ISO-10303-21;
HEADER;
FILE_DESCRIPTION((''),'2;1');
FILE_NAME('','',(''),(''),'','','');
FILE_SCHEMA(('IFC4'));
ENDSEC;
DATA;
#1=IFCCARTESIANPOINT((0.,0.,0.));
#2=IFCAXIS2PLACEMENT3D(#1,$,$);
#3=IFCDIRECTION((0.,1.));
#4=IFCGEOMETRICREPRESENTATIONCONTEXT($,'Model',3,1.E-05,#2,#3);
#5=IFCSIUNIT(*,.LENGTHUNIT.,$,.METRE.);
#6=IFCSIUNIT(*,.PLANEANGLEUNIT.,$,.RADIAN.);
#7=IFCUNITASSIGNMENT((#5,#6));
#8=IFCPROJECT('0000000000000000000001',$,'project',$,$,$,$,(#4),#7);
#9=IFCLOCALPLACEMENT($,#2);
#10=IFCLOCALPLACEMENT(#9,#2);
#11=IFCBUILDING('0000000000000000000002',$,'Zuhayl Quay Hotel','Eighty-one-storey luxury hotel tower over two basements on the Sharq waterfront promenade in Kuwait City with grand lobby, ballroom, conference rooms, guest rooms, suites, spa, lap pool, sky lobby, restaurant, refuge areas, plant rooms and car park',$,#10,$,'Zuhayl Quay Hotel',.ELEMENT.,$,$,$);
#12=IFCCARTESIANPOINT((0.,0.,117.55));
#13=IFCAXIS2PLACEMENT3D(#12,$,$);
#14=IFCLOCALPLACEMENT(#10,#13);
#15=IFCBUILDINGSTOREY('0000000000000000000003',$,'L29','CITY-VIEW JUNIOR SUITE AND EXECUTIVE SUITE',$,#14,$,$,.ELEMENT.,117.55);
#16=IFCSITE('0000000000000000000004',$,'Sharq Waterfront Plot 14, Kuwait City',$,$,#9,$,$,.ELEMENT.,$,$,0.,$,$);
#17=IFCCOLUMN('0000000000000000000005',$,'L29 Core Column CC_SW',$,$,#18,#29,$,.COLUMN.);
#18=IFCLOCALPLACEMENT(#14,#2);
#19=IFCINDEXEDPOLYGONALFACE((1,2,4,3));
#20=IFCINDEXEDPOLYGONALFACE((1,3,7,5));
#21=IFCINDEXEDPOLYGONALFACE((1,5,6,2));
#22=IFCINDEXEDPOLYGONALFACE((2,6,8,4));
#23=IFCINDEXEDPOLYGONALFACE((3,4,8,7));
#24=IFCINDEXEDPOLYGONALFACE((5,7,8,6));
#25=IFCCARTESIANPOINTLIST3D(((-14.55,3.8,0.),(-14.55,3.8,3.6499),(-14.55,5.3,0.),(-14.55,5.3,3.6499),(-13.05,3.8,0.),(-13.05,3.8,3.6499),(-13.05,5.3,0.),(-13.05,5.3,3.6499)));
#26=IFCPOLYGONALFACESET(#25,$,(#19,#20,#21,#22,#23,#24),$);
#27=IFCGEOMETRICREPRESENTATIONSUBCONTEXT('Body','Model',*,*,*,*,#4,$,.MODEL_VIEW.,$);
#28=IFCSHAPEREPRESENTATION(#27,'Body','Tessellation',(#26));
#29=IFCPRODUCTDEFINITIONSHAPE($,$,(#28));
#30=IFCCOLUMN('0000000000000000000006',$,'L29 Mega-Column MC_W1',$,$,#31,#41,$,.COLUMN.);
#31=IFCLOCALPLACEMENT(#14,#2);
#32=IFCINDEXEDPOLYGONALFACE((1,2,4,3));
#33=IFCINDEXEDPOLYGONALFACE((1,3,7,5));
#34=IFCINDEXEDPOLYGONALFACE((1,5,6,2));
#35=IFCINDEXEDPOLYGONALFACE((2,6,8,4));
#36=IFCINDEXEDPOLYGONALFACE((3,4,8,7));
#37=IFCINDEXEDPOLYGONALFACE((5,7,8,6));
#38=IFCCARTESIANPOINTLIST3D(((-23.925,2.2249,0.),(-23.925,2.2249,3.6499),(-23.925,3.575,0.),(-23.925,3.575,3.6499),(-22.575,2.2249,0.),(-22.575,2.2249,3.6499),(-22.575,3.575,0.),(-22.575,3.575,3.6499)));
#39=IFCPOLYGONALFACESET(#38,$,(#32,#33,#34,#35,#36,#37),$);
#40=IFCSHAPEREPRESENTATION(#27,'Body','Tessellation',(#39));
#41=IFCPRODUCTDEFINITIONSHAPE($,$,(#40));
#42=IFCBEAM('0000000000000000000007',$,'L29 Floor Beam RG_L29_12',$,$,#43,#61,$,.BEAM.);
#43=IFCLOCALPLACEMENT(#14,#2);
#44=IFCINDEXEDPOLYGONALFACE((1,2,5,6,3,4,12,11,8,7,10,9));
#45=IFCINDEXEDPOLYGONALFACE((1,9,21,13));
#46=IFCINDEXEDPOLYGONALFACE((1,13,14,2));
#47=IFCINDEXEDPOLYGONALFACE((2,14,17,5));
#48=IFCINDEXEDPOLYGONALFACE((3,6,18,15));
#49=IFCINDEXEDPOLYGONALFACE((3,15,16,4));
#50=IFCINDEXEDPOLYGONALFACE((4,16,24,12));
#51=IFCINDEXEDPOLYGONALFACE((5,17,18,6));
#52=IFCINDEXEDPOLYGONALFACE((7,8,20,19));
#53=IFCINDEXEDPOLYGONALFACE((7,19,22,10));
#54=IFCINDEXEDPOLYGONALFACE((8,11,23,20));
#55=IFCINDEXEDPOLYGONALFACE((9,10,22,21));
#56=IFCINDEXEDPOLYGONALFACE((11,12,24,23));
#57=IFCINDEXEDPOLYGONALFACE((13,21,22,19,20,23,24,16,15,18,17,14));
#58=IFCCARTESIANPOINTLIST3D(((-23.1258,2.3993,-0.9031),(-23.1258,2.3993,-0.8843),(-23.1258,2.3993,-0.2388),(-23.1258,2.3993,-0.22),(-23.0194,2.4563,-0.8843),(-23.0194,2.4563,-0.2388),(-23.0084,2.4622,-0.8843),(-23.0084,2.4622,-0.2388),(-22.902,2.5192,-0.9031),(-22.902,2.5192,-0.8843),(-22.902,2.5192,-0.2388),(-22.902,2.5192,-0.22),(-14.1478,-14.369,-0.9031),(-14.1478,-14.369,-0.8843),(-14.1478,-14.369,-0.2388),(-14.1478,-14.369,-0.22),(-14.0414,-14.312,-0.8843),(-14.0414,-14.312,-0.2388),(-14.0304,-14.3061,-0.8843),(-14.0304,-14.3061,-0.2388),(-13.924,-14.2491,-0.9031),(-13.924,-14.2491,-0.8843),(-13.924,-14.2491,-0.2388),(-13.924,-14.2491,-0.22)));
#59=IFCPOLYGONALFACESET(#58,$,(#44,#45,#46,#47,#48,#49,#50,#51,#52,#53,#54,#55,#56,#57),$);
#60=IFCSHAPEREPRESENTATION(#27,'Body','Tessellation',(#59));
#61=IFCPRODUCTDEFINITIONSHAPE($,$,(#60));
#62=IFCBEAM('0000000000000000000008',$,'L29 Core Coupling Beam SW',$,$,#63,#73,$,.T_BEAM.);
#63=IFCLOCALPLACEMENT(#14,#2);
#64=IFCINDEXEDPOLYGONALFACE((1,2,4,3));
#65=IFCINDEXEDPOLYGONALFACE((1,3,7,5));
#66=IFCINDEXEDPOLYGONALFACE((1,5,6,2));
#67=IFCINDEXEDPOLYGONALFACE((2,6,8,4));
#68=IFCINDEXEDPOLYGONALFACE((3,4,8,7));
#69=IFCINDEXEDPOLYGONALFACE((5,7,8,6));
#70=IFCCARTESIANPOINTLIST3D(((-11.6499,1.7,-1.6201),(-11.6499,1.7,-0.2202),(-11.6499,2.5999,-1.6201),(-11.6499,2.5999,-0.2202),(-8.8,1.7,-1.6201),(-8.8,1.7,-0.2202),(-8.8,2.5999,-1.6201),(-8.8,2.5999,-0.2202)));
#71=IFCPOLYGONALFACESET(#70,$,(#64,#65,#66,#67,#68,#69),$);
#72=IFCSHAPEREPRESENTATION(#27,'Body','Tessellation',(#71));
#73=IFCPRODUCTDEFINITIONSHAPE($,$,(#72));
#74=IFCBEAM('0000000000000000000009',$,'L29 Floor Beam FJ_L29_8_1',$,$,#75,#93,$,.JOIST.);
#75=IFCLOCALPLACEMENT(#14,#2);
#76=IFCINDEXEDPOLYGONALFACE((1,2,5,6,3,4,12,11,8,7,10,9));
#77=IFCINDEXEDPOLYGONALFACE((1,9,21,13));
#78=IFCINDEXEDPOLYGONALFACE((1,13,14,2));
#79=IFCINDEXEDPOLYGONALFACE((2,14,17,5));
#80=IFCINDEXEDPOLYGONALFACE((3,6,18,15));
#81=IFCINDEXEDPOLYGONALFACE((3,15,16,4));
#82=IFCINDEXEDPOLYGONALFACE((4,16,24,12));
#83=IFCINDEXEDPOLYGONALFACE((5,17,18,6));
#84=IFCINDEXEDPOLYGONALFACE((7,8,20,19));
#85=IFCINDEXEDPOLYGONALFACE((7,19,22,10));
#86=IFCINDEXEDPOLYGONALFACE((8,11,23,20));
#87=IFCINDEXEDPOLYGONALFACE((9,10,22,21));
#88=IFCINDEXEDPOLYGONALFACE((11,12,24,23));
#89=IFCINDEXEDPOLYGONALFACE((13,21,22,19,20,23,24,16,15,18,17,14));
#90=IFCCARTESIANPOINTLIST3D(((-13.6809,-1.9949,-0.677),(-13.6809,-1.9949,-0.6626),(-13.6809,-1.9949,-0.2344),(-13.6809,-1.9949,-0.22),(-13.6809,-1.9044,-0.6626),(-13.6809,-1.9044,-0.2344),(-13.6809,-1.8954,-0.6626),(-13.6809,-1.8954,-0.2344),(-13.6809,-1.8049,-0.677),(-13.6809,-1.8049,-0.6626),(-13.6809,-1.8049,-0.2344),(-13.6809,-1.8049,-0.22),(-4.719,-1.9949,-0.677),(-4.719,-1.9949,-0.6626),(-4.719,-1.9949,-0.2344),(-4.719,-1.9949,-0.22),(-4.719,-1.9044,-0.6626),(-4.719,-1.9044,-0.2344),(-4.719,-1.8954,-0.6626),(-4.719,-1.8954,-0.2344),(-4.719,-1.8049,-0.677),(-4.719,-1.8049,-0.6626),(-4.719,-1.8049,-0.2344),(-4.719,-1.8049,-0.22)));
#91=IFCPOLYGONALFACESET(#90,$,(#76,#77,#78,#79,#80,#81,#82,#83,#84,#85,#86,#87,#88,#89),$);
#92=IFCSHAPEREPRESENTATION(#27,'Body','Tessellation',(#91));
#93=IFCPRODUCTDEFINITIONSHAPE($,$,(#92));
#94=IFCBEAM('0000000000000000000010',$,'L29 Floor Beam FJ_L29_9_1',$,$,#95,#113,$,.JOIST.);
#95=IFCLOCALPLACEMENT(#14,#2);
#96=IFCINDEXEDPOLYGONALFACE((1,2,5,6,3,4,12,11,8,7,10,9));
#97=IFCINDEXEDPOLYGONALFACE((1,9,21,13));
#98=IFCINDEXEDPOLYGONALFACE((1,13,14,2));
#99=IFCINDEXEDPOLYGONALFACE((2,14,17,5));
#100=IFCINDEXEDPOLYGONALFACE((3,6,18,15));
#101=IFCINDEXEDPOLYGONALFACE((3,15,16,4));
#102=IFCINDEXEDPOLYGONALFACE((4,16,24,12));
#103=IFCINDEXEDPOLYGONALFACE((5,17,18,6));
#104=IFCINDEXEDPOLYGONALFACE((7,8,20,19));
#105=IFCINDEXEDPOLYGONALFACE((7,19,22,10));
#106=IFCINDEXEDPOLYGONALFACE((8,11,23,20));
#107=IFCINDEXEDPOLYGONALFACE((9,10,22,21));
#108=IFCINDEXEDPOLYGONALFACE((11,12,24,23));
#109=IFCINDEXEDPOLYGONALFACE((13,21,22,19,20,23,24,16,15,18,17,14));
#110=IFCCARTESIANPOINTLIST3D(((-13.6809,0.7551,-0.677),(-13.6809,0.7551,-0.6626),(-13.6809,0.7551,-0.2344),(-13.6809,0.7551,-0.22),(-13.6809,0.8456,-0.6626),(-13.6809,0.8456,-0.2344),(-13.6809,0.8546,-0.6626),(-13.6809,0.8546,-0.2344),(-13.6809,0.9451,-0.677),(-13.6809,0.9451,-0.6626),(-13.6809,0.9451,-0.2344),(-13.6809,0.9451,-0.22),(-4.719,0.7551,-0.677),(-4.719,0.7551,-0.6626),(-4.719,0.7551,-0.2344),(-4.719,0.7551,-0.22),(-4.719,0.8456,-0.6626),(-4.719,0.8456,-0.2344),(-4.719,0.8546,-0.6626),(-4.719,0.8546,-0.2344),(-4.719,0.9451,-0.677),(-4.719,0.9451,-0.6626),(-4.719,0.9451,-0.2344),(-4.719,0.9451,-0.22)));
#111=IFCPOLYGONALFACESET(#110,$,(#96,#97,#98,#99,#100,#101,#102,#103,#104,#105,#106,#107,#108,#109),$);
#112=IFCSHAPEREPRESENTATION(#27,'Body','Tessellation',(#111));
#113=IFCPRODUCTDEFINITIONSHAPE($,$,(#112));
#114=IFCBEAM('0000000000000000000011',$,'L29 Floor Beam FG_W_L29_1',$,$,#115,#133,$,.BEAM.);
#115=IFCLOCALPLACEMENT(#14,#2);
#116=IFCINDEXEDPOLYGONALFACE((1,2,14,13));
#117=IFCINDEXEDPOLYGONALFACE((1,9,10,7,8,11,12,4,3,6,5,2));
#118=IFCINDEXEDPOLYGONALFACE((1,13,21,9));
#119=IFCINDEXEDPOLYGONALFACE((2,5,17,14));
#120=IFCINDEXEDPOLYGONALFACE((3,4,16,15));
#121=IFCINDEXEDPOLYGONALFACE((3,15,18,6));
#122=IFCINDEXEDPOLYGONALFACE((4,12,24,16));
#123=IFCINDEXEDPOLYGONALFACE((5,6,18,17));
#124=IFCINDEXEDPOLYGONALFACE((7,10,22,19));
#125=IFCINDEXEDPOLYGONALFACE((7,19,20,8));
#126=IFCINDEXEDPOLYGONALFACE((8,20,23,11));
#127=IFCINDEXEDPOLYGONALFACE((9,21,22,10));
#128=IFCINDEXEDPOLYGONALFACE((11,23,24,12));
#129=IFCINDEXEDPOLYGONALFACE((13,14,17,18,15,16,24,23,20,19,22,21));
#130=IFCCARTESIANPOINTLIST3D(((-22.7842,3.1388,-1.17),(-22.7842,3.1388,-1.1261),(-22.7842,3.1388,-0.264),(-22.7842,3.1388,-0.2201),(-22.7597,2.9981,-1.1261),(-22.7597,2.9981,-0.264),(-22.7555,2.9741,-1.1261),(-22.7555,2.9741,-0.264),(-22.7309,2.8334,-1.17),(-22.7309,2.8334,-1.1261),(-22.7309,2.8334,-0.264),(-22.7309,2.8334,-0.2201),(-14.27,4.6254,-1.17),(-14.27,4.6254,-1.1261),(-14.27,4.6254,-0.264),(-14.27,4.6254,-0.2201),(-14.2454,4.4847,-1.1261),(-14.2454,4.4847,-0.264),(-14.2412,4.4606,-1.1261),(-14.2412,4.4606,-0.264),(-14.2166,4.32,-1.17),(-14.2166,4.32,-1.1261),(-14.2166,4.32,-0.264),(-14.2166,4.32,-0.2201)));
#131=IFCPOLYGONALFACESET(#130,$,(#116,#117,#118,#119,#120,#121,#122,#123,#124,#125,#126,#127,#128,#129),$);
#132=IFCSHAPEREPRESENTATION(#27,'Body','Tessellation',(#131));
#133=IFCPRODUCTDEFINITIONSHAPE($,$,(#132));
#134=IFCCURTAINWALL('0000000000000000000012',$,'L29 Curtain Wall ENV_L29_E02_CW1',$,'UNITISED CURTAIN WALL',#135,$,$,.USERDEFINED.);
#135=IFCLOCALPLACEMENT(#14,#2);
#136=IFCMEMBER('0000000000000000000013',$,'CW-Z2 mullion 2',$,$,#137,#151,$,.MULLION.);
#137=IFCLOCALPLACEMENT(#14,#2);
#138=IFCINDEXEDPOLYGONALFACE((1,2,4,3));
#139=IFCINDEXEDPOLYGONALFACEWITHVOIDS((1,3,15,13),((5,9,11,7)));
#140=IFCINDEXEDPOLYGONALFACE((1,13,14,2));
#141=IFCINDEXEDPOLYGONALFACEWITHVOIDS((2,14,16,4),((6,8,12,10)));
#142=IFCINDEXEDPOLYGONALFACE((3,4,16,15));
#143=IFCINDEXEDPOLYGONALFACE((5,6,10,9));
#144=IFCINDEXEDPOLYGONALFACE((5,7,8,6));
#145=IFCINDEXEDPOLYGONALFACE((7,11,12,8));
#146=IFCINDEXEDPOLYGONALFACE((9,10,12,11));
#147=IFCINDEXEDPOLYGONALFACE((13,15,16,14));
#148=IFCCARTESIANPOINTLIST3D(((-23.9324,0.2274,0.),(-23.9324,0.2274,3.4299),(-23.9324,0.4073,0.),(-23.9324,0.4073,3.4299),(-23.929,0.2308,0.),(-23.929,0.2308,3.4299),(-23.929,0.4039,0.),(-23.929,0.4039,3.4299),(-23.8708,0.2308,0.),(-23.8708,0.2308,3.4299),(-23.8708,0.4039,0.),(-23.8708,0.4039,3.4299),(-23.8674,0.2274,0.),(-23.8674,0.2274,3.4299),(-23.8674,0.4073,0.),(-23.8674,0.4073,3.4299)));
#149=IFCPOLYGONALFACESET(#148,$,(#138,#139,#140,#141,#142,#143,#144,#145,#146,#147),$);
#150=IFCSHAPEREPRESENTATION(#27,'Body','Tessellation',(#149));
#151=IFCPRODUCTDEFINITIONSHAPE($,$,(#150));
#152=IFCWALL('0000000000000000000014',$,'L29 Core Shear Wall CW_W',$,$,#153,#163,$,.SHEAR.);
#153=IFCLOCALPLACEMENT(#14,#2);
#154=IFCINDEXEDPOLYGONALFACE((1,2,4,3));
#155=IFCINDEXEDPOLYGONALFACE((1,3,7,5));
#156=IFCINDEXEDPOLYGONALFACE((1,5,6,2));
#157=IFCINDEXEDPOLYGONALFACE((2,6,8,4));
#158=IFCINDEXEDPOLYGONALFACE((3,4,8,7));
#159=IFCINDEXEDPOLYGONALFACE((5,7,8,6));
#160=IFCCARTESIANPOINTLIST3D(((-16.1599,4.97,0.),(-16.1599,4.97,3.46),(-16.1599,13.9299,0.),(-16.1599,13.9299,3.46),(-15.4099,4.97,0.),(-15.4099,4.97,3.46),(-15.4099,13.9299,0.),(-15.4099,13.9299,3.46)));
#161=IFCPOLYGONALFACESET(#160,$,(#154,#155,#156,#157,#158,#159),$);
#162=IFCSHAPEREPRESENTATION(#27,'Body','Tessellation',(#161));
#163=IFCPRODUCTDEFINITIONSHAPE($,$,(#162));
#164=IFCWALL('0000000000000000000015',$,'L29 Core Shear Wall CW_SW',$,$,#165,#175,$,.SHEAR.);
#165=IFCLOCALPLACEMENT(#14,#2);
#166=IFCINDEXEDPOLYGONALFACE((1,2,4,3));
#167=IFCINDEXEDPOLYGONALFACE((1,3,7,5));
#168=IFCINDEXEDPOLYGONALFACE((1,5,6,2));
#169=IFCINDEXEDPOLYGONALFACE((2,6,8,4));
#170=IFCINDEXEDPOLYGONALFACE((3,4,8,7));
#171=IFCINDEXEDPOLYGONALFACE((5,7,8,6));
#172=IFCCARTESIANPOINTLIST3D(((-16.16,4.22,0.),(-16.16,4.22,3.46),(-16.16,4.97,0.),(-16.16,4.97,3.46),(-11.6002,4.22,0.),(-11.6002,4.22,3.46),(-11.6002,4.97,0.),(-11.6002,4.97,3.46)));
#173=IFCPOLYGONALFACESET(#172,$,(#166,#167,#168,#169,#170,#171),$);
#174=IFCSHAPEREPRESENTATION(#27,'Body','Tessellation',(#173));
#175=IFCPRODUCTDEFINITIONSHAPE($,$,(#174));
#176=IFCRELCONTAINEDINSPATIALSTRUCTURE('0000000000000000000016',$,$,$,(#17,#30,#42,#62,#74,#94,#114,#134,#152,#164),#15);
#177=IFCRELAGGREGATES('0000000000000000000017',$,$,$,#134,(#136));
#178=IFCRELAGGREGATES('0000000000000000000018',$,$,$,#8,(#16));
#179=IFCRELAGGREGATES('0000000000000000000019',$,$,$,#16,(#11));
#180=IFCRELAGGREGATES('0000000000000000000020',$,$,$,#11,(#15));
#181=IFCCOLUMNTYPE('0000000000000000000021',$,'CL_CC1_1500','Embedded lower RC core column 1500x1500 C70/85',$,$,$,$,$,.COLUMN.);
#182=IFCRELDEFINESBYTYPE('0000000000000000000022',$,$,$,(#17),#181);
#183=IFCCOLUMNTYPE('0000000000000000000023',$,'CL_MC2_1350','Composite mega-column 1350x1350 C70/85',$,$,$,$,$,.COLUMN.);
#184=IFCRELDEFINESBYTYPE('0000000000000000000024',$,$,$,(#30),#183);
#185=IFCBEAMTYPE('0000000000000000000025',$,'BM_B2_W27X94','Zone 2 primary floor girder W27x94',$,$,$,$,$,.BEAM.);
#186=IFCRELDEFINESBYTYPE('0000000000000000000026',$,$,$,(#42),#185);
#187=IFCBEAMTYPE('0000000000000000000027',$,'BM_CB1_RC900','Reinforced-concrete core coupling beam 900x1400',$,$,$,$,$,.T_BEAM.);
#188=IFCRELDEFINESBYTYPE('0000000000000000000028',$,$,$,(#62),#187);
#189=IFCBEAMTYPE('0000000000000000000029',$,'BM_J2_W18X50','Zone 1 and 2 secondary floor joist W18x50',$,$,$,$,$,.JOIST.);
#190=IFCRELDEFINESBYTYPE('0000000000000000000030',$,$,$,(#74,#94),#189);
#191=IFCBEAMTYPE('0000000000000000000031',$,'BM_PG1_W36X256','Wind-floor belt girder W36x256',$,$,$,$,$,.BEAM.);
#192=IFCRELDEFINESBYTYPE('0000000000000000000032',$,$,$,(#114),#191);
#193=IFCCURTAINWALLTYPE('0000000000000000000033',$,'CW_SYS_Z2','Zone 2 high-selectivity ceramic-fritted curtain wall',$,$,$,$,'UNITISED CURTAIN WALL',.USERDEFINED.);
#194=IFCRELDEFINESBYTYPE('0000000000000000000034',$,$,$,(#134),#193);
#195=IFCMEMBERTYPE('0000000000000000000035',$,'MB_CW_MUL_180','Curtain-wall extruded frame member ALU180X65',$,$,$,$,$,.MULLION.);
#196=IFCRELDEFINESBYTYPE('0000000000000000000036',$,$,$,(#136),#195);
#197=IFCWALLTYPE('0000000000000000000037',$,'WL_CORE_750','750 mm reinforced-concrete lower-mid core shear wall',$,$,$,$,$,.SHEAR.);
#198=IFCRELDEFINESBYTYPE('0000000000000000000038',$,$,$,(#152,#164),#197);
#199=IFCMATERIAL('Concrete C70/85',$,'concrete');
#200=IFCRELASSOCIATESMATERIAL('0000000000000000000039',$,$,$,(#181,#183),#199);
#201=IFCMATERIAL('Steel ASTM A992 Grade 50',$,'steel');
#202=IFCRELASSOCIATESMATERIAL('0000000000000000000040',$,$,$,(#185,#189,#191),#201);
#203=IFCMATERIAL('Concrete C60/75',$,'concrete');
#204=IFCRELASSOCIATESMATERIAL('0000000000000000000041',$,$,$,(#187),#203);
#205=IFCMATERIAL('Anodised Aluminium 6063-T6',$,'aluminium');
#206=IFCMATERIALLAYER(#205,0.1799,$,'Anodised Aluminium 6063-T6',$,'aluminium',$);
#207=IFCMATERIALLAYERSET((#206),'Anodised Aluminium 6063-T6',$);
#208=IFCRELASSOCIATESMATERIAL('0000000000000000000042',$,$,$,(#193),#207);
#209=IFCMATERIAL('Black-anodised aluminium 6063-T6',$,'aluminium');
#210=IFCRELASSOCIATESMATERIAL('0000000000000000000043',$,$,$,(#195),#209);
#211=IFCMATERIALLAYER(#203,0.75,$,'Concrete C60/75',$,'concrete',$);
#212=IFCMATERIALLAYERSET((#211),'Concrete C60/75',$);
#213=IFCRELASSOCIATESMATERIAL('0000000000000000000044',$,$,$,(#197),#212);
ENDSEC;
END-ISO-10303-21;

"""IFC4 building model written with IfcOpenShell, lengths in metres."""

from ifc_helpers import new_model, si_unit, direction, frame, frame_2d, origin, origin_2d, place, context, subcontext, project, spatial, rectangle, hollow_rectangle, i_section, extrude, material, layer, layer_set, material_profile, profile_set, type_object, element, aggregate, save


model = new_model("IFC4")

# Units and contexts
model_context = context("Model", 3, precision=1e-05, world=origin(), true_north=direction((0.0, 1.0)))
body_context = subcontext(model_context, "Body", "Model", "MODEL_VIEW")
ifc_project = project(units=[si_unit("LENGTHUNIT", "METRE"), si_unit("PLANEANGLEUNIT", "RADIAN")], contexts=[model_context])

# Site, building, storey
site_placement = place(None, origin())
site = spatial("IfcSite", under=ifc_project, at=site_placement, Name="Sharq Waterfront Plot 14, Kuwait City", CompositionType="ELEMENT", RefElevation=0.0)
building_placement = place(site_placement, origin())
building = spatial("IfcBuilding", under=site, at=building_placement, Name="Zuhayl Quay Hotel", Description="Eighty-one-storey luxury hotel tower over two basements on the Sharq waterfront promenade in Kuwait City with grand lobby, ballroom, conference rooms, guest rooms, suites, spa, lap pool, sky lobby, restaurant, refuge areas, plant rooms and car park", LongName="Zuhayl Quay Hotel", CompositionType="ELEMENT")
storey_placement = place(building_placement, frame((0.0, 0.0, 117.55)))
storey = spatial("IfcBuildingStorey", under=building, at=storey_placement, Name="L29", Description="CITY-VIEW JUNIOR SUITE AND EXECUTIVE SUITE", CompositionType="ELEMENT", Elevation=117.55)

# Columns
ifc_material_1 = material(Name="Concrete C70/85", Category="concrete")
ifc_material_profile_1 = material_profile(ifc_material_1, rectangle(XDim=1.5, YDim=1.5, at=origin_2d()), Name="RC1500X1500")
ifc_profile_set_1 = profile_set([ifc_material_profile_1], Name="Concrete C70/85")
column_type_1 = type_object("IfcColumnType", Name="CL_CC1_1500", Description="Embedded lower RC core column 1500x1500 C70/85", PredefinedType="COLUMN", material=ifc_profile_set_1)
column_1_placement = place(storey_placement, frame((-13.8, 4.55, 0.0), z_axis=(0.0, 0.0, 1.0), x_axis=(1.0, 0.0, 0.0)))
element("IfcColumn", 1, at=column_1_placement, inside=storey, type_object=column_type_1, Name="L29 Core Column CC_SW", PredefinedType="COLUMN", context=body_context, shape_type="SweptSolid", body=[
    extrude(rectangle(XDim=1.5, YDim=1.5, at=origin_2d()), origin(), (0.0, 0.0, 1.0), 3.6499),
])
ifc_material_profile_2 = material_profile(ifc_material_1, rectangle(XDim=1.3501, YDim=1.3501, at=origin_2d()), Name="RC1350X1350")
ifc_profile_set_2 = profile_set([ifc_material_profile_2], Name="Concrete C70/85")
column_type_2 = type_object("IfcColumnType", Name="CL_MC2_1350", Description="Composite mega-column 1350x1350 C70/85", PredefinedType="COLUMN", material=ifc_profile_set_2)
column_2_placement = place(storey_placement, frame((-23.25, 2.8999, 0.0), z_axis=(0.0, 0.0, 1.0), x_axis=(1.0, 0.0, 0.0)))
element("IfcColumn", 2, at=column_2_placement, inside=storey, type_object=column_type_2, Name="L29 Mega-Column MC_W1", PredefinedType="COLUMN", context=body_context, shape_type="SweptSolid", body=[
    extrude(rectangle(XDim=1.3501, YDim=1.3501, at=origin_2d()), origin(), (0.0, 0.0, 1.0), 3.6499),
])

# Beams
ifc_material_2 = material(Name="Steel ASTM A992 Grade 50", Category="steel")
ifc_material_profile_3 = material_profile(ifc_material_2, i_section(OverallWidth=0.2539, OverallDepth=0.6831, WebThickness=0.0125, FlangeThickness=0.0188, at=origin_2d()), Name="W27X94")
ifc_profile_set_3 = profile_set([ifc_material_profile_3], Name="Steel ASTM A992 Grade 50")
beam_type_1 = type_object("IfcBeamType", Name="BM_B2_W27X94", Description="Zone 2 primary floor girder W27x94", PredefinedType="BEAM", material=ifc_profile_set_3)
beam_1_placement = place(storey_placement, frame((-23.0139, 2.4592, -0.5615), z_axis=(0.472017, -0.881589, 0.0), x_axis=(0.881589, 0.472017, 0.0)))
element("IfcBeam", 3, at=beam_1_placement, inside=storey, type_object=beam_type_1, Name="L29 Floor Beam RG_L29_12", PredefinedType="BEAM", context=body_context, shape_type="SweptSolid", body=[
    extrude(i_section(OverallWidth=0.2539, OverallDepth=0.6831, WebThickness=0.0125, FlangeThickness=0.0188, at=origin_2d()), origin(), (0.0, 0.0, 1.0), 19.0205),
])
ifc_material_3 = material(Name="Concrete C60/75", Category="concrete")
ifc_material_profile_4 = material_profile(ifc_material_3, rectangle(XDim=0.8999, YDim=1.3999, at=origin_2d()), Name="RC900X1400")
ifc_profile_set_4 = profile_set([ifc_material_profile_4], Name="Concrete C60/75")
beam_type_2 = type_object("IfcBeamType", Name="BM_CB1_RC900", Description="Reinforced-concrete core coupling beam 900x1400", PredefinedType="T_BEAM", material=ifc_profile_set_4)
beam_2_placement = place(storey_placement, frame((-11.6499, 2.1499, -0.9202), z_axis=(1.0, 0.0, 0.0), x_axis=(0.0, 1.0, 0.0)))
element("IfcBeam", 4, at=beam_2_placement, inside=storey, type_object=beam_type_2, Name="L29 Core Coupling Beam SW", PredefinedType="T_BEAM", context=body_context, shape_type="SweptSolid", body=[
    extrude(rectangle(XDim=0.8999, YDim=1.3999, at=origin_2d()), origin(), (0.0, 0.0, 1.0), 2.8499),
])
ifc_material_profile_5 = material_profile(ifc_material_2, i_section(OverallWidth=0.1899, OverallDepth=0.457, WebThickness=0.009, FlangeThickness=0.0144, at=origin_2d()), Name="W18X50")
ifc_profile_set_5 = profile_set([ifc_material_profile_5], Name="Steel ASTM A992 Grade 50")
beam_type_3 = type_object("IfcBeamType", Name="BM_J2_W18X50", Description="Zone 1 and 2 secondary floor joist W18x50", PredefinedType="JOIST", material=ifc_profile_set_5)
for number, where, z_axis, x_axis, name in (
    (5, (-13.6809, -1.8999, -0.4485), (1.0, 0.0, 0.0), (0.0, 1.0, 0.0), "L29 Floor Beam FJ_L29_8_1"),
    (6, (-13.6809, 0.8501, -0.4485), (1.0, 0.0, 0.0), (0.0, 1.0, 0.0), "L29 Floor Beam FJ_L29_9_1"),
):
    element("IfcBeam", number, at=place(storey_placement, frame(where, z_axis=z_axis, x_axis=x_axis)), inside=storey, type_object=beam_type_3, Name=name, PredefinedType="JOIST", context=body_context, shape_type="SweptSolid", body=[
        extrude(i_section(OverallWidth=0.1899, OverallDepth=0.457, WebThickness=0.009, FlangeThickness=0.0144, at=origin_2d()), origin(), (0.0, 0.0, 1.0), 8.9619),
    ])
ifc_material_profile_6 = material_profile(ifc_material_2, i_section(OverallWidth=0.3101, OverallDepth=0.95, WebThickness=0.0244, FlangeThickness=0.0439, at=origin_2d()), Name="W36X256")
ifc_profile_set_6 = profile_set([ifc_material_profile_6], Name="Steel ASTM A992 Grade 50")
beam_type_4 = type_object("IfcBeamType", Name="BM_PG1_W36X256", Description="Wind-floor belt girder W36x256", PredefinedType="BEAM", material=ifc_profile_set_6)
beam_3_placement = place(storey_placement, frame((-22.7576, 2.9861, -0.6951), z_axis=(0.985097, 0.171998, 0.0), x_axis=(-0.171998, 0.985097, 0.0)))
element("IfcBeam", 7, at=beam_3_placement, inside=storey, type_object=beam_type_4, Name="L29 Floor Beam FG_W_L29_1", PredefinedType="BEAM", context=body_context, shape_type="SweptSolid", body=[
    extrude(i_section(OverallWidth=0.3101, OverallDepth=0.95, WebThickness=0.0244, FlangeThickness=0.0439, at=origin_2d()), origin(), (0.0, 0.0, 1.0), 8.6431),
])

# Curtain wall, member
ifc_material_4 = material(Name="Anodised Aluminium 6063-T6", Category="aluminium")
ifc_layer_1 = layer(ifc_material_4, 0.1799, Name="Anodised Aluminium 6063-T6", Category="aluminium")
ifc_layer_set_1 = layer_set([ifc_layer_1], Name="Anodised Aluminium 6063-T6")
curtain_wall_type = type_object("IfcCurtainWallType", Name="CW_SYS_Z2", Description="Zone 2 high-selectivity ceramic-fritted curtain wall", ElementType="UNITISED CURTAIN WALL", PredefinedType="USERDEFINED", material=ifc_layer_set_1)
curtain_wall_placement = place(storey_placement, origin())
curtain_wall = element("IfcCurtainWall", 8, at=curtain_wall_placement, inside=storey, type_object=curtain_wall_type, Name="L29 Curtain Wall ENV_L29_E02_CW1", ObjectType="UNITISED CURTAIN WALL", PredefinedType="USERDEFINED")
ifc_material_5 = material(Name="Black-anodised aluminium 6063-T6", Category="aluminium")
ifc_material_profile_7 = material_profile(ifc_material_5, hollow_rectangle(XDim=0.0649, YDim=0.1799, WallThickness=0.0034, at=origin_2d()), Name="ALU180X65")
ifc_profile_set_7 = profile_set([ifc_material_profile_7], Name="Black-anodised aluminium 6063-T6")
member_type = type_object("IfcMemberType", Name="MB_CW_MUL_180", Description="Curtain-wall extruded frame member ALU180X65", PredefinedType="MULLION", material=ifc_profile_set_7)
member_placement = place(storey_placement, frame((-23.8999, 0.3174, 0.0), z_axis=(0.0, 0.0, 1.0), x_axis=(-1.0, 0.0, 0.0)))
member = element("IfcMember", 9, at=member_placement, type_object=member_type, Name="CW-Z2 mullion 2", PredefinedType="MULLION", context=body_context, shape_type="SweptSolid", body=[
    extrude(hollow_rectangle(XDim=0.0649, YDim=0.1799, WallThickness=0.0034, at=origin_2d()), origin(), (0.0, 0.0, 1.0), 3.4299),
])
aggregate(curtain_wall, [member])

# Walls
ifc_layer_2 = layer(ifc_material_3, 0.75, Name="Concrete C60/75", Category="concrete")
ifc_layer_set_2 = layer_set([ifc_layer_2], Name="Concrete C60/75")
wall_type_1 = type_object("IfcWallType", Name="WL_CORE_750", Description="750 mm reinforced-concrete lower-mid core shear wall", PredefinedType="SHEAR", material=ifc_layer_set_2)
wall_1_placement = place(storey_placement, frame((-15.7849, 4.97, 0.0), z_axis=(0.0, 0.0, 1.0), x_axis=(0.0, 1.0, 0.0)))
element("IfcWall", 10, at=wall_1_placement, inside=storey, type_object=wall_type_1, Name="L29 Core Shear Wall CW_W", PredefinedType="SHEAR", context=body_context, shape_type="SweptSolid", body=[
    extrude(rectangle(XDim=8.96, YDim=0.75, at=frame_2d((4.48, 0.0))), origin(), (0.0, 0.0, 1.0), 3.46),
])
wall_2_placement = place(storey_placement, frame((-16.1599, 4.595, 0.0), z_axis=(0.0, 0.0, 1.0), x_axis=(1.0, 0.0, 0.0)))
element("IfcWall", 11, at=wall_2_placement, inside=storey, type_object=wall_type_1, Name="L29 Core Shear Wall CW_SW", PredefinedType="SHEAR", context=body_context, shape_type="SweptSolid", body=[
    extrude(rectangle(XDim=4.5598, YDim=0.75, at=frame_2d((2.2798, 0.0))), origin(), (0.0, 0.0, 1.0), 3.46),
])

save(model, "model.ifc")
